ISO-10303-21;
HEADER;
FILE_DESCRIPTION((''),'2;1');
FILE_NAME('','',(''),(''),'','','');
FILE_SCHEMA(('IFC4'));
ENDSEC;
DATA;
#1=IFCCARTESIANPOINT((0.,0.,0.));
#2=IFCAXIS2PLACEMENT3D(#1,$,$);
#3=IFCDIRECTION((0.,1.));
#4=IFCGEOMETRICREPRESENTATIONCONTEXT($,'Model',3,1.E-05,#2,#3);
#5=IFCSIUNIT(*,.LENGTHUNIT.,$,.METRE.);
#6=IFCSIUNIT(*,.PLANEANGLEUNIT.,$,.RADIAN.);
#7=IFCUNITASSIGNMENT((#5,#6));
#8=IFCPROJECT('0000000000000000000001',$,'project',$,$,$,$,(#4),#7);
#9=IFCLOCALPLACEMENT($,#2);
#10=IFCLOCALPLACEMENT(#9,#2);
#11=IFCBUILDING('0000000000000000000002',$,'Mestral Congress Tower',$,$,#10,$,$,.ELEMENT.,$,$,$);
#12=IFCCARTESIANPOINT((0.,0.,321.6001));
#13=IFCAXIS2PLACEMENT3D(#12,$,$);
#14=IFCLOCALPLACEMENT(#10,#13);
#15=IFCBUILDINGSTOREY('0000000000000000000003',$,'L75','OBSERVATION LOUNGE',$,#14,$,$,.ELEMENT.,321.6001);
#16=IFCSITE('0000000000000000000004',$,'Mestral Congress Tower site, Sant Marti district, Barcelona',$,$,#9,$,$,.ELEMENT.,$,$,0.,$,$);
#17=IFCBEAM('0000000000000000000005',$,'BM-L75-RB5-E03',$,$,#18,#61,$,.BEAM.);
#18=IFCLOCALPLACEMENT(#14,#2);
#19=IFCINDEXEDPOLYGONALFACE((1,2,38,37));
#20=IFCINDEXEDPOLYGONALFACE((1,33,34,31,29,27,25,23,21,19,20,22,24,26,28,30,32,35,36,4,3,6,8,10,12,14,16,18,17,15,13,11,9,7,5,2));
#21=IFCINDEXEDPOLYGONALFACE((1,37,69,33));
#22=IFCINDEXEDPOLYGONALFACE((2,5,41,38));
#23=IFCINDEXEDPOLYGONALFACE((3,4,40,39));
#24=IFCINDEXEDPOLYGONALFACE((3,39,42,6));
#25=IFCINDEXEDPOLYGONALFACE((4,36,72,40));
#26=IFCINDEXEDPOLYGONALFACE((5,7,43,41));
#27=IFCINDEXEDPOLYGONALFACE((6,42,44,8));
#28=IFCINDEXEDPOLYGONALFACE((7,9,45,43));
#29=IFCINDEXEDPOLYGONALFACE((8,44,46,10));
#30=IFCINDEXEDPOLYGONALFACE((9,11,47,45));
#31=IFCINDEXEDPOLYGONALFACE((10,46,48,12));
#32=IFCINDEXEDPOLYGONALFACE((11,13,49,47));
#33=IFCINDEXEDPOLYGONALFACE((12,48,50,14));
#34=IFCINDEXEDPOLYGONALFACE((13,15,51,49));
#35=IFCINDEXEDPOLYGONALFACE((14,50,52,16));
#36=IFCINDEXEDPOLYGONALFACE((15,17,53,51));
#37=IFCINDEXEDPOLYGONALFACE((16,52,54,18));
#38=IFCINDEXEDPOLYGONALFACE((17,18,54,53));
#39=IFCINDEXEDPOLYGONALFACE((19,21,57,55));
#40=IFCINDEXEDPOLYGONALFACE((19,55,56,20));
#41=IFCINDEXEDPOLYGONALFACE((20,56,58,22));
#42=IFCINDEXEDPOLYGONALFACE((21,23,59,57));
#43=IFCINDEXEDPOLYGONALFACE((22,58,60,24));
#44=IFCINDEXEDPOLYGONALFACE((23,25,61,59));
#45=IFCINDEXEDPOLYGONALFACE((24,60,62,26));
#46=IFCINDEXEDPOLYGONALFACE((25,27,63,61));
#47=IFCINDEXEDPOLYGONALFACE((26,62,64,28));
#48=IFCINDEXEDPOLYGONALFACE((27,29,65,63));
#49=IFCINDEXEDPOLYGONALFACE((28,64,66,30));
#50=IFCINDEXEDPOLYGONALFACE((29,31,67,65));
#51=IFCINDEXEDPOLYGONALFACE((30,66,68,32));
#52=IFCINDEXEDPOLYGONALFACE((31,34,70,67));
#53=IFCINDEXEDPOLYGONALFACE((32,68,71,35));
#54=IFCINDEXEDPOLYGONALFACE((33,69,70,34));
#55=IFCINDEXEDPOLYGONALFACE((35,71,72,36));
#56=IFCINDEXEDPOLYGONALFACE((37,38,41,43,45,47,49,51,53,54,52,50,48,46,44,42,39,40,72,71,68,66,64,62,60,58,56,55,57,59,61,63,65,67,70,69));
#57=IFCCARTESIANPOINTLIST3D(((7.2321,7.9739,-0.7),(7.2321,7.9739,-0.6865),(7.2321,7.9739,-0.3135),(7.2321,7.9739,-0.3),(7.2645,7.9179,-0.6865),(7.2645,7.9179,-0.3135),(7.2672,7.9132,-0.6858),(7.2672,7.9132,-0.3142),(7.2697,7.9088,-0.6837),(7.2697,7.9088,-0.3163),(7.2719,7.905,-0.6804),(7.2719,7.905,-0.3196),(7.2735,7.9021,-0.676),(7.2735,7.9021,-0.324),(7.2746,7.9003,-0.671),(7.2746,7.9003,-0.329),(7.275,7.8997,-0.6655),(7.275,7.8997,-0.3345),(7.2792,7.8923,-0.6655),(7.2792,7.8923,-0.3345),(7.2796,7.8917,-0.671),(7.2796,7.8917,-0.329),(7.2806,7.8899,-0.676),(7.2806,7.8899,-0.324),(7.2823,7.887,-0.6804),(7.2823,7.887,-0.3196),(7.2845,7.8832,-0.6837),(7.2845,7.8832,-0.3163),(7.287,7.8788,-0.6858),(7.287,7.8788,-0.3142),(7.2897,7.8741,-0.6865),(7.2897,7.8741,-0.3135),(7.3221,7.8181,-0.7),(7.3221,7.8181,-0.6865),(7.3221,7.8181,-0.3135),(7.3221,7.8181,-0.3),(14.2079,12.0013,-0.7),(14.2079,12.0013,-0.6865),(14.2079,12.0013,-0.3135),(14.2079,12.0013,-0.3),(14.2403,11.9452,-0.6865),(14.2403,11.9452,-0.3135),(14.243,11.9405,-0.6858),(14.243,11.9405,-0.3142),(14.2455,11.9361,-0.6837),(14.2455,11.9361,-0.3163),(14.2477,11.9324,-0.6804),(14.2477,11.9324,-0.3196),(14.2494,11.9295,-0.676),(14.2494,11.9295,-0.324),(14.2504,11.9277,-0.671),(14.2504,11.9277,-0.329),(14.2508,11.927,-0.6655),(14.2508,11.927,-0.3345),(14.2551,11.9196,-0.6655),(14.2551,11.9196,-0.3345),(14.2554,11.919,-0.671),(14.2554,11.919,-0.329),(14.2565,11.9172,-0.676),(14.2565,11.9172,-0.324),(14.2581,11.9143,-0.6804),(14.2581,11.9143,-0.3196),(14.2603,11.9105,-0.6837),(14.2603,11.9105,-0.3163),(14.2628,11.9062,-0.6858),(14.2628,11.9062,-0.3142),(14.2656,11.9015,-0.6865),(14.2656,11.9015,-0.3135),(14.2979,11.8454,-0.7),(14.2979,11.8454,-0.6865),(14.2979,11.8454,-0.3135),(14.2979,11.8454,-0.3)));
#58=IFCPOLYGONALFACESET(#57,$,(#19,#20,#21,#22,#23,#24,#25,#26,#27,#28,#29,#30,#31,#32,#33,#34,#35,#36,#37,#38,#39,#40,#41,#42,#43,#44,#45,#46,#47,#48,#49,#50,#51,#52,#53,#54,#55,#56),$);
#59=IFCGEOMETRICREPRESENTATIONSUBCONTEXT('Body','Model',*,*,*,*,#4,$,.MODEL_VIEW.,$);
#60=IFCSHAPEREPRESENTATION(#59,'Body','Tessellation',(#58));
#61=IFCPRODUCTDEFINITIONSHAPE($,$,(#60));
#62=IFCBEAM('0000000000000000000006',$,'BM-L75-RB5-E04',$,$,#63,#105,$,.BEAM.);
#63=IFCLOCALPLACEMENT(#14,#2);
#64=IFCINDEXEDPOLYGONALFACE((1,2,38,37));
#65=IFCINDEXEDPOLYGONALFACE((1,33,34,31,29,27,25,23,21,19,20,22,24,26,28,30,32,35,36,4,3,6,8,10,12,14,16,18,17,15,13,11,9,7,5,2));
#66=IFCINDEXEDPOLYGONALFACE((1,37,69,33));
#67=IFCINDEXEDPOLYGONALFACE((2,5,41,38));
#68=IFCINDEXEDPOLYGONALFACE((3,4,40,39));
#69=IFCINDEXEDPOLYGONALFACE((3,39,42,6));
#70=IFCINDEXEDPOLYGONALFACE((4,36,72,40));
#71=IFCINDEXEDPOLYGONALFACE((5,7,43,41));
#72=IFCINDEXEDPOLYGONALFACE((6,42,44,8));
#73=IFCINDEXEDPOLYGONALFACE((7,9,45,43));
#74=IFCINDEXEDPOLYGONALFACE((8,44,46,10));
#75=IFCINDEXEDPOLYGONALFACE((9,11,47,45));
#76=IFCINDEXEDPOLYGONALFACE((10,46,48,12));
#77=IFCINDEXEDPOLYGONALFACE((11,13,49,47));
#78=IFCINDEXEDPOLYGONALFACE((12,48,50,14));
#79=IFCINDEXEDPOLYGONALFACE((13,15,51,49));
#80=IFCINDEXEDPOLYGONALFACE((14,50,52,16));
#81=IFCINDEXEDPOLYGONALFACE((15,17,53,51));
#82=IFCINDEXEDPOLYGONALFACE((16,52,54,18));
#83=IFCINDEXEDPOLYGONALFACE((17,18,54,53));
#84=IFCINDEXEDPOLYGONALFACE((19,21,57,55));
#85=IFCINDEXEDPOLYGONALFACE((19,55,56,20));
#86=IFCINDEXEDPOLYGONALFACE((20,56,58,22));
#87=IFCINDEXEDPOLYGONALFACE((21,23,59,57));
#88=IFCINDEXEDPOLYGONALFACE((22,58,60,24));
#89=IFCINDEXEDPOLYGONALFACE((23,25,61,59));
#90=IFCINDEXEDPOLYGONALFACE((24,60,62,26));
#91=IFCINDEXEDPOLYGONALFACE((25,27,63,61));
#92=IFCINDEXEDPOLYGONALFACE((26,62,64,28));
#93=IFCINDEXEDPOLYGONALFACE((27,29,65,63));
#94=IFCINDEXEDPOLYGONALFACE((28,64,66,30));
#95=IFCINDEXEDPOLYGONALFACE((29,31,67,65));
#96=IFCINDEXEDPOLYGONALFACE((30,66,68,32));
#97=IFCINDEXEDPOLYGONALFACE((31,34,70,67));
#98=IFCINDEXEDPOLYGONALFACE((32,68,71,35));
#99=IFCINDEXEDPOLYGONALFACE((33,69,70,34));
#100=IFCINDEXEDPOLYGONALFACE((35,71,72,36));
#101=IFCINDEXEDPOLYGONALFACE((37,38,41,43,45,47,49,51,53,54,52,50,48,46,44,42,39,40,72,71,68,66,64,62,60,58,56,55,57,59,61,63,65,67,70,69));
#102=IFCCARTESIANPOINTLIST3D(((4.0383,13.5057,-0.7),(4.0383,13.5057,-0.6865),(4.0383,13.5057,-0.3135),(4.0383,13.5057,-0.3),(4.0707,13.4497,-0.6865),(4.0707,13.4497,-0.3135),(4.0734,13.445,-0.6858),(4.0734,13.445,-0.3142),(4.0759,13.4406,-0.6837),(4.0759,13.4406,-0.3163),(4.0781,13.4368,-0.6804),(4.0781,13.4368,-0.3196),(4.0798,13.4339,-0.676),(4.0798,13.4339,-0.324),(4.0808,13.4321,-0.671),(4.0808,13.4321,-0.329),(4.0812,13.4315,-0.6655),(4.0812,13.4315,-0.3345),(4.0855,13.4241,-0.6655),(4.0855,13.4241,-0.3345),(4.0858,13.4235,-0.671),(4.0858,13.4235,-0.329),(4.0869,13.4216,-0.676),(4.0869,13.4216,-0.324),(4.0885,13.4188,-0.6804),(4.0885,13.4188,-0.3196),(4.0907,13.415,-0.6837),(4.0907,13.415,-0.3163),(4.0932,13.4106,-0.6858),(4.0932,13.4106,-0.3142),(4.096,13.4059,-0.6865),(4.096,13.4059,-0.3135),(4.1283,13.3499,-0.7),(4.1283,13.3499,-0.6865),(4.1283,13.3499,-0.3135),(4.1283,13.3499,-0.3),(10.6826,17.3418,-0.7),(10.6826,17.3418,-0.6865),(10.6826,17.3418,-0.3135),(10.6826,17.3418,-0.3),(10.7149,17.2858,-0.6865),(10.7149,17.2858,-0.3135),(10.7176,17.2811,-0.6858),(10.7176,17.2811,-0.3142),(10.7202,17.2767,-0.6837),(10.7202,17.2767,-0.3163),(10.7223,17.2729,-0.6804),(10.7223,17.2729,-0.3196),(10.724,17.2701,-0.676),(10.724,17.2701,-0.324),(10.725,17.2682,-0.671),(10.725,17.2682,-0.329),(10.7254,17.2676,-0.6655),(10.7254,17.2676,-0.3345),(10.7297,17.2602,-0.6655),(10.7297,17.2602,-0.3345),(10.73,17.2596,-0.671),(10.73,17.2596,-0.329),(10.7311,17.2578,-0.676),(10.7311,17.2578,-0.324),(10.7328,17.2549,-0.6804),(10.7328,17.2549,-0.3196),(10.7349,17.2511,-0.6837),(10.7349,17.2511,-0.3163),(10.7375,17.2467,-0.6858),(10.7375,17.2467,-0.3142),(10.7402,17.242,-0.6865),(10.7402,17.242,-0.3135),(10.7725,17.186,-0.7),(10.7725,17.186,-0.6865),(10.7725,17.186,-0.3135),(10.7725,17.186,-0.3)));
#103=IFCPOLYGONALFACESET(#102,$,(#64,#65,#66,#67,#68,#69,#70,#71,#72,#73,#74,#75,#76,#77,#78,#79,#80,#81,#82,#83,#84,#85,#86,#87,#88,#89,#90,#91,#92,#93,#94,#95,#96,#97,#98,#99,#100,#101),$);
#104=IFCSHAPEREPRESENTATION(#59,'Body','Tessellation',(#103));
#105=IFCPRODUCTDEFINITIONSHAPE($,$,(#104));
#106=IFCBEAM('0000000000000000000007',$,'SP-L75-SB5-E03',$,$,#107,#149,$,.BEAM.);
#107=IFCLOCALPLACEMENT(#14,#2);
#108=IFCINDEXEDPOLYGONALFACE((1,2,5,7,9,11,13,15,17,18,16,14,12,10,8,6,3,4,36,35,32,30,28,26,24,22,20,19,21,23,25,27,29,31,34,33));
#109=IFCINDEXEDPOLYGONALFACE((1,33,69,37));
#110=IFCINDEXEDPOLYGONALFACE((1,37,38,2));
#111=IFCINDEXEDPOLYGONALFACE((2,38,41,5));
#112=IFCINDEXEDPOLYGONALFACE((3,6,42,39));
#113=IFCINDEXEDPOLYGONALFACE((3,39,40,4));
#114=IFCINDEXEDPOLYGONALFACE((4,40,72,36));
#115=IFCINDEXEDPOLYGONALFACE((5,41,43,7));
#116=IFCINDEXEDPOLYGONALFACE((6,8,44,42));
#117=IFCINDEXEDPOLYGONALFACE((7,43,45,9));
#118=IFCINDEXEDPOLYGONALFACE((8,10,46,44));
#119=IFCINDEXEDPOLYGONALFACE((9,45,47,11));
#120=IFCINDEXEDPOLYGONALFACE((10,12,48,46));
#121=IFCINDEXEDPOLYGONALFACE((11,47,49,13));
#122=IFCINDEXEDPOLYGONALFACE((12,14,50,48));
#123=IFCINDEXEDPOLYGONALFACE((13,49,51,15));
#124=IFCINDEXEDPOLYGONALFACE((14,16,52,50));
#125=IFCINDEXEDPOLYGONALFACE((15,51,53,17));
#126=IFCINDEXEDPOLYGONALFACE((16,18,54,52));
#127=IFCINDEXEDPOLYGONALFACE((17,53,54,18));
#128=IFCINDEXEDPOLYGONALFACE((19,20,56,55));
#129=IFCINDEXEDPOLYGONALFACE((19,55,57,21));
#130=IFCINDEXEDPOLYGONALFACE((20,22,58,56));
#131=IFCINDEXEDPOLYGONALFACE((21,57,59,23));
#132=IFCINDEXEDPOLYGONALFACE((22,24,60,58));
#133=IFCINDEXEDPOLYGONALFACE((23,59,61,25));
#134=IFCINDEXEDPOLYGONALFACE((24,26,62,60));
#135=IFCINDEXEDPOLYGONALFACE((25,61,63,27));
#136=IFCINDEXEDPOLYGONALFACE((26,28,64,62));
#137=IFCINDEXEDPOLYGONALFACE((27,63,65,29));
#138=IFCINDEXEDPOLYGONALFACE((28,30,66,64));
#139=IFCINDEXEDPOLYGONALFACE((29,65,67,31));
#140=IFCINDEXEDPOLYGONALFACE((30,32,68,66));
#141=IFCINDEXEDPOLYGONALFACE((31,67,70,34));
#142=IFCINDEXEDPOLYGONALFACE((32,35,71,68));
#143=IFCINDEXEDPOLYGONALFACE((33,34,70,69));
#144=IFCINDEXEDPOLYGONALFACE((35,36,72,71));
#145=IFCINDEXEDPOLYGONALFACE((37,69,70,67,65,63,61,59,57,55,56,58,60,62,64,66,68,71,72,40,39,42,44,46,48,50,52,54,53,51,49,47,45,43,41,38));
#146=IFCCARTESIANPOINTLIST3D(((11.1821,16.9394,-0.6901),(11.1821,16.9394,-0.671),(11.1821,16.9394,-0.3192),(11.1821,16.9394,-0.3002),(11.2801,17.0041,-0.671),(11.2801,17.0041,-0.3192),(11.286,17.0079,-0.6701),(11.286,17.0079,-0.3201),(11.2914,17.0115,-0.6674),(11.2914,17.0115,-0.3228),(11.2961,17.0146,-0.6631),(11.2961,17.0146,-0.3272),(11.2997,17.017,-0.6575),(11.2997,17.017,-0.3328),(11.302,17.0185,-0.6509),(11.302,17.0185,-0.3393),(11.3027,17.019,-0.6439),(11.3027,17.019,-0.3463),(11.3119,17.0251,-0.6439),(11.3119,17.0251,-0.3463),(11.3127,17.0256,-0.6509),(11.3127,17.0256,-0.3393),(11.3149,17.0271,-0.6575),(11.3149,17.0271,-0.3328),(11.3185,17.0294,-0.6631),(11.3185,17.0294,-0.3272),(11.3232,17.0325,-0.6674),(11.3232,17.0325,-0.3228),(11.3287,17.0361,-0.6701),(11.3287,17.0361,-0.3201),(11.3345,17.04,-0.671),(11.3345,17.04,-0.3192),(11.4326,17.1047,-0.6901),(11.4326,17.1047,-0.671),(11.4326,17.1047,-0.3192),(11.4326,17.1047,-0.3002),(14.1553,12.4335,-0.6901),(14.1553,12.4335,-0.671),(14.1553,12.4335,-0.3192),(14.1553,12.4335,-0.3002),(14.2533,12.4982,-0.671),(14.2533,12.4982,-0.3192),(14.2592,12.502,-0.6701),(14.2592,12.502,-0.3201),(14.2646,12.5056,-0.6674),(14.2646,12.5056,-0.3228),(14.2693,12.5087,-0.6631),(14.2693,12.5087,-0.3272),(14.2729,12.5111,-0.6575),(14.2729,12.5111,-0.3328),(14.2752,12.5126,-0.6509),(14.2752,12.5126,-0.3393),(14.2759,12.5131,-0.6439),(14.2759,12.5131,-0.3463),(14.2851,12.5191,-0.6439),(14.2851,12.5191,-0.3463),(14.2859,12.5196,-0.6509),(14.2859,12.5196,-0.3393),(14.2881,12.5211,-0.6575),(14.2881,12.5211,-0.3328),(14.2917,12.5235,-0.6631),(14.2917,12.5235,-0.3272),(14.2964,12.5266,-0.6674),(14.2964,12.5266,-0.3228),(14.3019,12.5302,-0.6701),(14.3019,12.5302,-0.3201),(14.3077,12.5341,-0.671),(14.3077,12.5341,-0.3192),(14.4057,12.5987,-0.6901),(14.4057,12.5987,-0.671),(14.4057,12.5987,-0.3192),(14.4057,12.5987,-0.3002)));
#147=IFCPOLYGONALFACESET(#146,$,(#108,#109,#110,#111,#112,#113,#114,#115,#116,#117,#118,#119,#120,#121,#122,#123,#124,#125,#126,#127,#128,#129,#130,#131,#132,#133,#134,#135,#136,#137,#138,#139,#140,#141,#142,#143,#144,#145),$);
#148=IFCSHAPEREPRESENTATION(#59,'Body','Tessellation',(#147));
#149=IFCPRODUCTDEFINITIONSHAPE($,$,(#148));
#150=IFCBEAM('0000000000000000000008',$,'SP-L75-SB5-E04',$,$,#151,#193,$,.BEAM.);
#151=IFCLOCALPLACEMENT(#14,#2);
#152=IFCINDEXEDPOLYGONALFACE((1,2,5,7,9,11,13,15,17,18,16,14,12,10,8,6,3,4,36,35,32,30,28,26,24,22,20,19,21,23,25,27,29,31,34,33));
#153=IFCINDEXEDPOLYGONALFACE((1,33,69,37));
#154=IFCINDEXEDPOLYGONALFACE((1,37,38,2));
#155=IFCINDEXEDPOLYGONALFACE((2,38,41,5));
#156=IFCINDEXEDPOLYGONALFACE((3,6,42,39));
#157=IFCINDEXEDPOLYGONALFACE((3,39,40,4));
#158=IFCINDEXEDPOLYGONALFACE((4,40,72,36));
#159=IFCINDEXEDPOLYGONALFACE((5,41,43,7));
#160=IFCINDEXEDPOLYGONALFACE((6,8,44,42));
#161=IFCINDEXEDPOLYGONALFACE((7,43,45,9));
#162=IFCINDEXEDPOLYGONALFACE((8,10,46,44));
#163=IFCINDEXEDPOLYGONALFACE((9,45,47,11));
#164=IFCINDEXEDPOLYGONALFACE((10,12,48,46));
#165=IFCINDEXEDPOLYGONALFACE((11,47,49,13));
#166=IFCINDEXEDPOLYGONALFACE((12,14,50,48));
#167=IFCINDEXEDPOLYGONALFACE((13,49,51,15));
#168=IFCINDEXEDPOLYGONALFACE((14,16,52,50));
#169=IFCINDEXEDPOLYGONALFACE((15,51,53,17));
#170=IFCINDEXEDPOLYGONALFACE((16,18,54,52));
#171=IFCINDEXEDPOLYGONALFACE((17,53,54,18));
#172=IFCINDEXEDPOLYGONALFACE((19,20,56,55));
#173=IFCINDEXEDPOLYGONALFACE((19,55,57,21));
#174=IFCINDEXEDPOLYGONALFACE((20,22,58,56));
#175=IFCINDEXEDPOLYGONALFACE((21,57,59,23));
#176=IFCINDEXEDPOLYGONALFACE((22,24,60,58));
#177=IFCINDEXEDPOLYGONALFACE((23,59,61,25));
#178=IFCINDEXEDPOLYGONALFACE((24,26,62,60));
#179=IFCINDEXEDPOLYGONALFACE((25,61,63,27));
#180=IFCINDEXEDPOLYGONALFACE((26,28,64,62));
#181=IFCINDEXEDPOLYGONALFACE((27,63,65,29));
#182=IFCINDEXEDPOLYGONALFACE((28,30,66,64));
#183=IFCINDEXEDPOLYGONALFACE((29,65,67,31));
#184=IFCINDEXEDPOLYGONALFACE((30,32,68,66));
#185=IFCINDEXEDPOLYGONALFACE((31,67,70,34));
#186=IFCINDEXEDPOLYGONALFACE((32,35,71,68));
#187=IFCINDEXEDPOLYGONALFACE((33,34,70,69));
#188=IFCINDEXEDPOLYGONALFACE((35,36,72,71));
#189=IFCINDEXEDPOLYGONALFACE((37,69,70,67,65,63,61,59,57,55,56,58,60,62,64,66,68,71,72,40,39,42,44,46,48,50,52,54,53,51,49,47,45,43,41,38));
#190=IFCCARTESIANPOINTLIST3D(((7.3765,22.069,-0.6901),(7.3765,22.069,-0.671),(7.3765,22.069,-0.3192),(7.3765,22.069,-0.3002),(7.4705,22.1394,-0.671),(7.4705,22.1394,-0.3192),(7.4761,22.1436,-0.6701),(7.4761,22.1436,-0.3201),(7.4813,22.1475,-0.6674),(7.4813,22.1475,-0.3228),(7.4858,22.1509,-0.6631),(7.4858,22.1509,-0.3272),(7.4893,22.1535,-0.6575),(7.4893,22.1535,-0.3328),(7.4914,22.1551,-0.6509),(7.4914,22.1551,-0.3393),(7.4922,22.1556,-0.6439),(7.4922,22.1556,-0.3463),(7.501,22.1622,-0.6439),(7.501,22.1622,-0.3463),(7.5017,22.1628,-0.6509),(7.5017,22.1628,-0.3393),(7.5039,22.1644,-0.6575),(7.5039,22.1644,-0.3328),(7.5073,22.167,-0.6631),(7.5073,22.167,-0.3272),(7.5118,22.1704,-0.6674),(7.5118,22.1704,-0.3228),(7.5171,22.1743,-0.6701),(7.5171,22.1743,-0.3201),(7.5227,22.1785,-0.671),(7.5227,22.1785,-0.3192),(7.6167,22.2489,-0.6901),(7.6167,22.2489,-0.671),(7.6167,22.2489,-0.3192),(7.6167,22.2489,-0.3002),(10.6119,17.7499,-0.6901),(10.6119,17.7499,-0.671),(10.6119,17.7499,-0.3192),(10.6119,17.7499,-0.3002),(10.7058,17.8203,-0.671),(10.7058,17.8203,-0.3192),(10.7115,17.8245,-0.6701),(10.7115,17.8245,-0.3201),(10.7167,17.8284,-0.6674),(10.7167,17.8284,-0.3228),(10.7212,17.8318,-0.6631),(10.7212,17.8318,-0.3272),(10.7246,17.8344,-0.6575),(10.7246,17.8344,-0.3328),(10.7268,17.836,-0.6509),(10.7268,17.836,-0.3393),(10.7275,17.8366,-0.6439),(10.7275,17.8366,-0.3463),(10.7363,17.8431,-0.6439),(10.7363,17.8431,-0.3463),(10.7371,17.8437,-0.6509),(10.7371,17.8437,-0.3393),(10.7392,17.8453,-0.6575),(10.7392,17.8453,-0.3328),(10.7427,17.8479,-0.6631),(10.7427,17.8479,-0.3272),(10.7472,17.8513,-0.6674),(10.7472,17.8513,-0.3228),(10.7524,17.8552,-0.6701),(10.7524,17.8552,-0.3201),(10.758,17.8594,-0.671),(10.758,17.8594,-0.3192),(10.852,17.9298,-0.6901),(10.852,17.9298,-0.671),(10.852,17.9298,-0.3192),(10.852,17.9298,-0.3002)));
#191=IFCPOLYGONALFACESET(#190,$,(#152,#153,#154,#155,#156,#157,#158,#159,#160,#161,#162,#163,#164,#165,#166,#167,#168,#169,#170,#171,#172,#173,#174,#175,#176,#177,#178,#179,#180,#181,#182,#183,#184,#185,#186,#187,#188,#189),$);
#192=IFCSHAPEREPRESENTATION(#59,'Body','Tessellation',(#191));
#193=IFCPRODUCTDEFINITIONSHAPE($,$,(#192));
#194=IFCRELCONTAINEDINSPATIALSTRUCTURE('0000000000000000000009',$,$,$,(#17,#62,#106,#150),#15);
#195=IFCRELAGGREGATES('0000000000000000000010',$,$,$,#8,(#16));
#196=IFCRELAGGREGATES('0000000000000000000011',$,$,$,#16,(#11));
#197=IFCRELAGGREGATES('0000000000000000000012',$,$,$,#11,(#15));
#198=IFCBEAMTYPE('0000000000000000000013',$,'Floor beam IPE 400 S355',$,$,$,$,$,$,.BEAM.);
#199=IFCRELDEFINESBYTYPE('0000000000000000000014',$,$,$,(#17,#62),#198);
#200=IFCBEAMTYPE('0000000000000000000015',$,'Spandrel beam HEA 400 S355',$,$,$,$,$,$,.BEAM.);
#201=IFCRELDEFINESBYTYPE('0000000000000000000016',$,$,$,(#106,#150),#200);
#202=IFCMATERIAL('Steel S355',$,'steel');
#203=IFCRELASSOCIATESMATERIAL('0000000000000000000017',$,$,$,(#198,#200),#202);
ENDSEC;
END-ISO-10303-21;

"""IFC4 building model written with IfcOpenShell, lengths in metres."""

from ifc_helpers import new_model, si_unit, direction, frame, origin, origin_2d, place, context, subcontext, project, spatial, i_section, extrude, material, material_profile, profile_set, type_object, element, save


model = new_model("IFC4")

# Units and contexts
model_context = context("Model", 3, precision=1e-05, world=origin(), true_north=direction((0.0, 1.0)))
body_context = subcontext(model_context, "Body", "Model", "MODEL_VIEW")
ifc_project = project(units=[si_unit("LENGTHUNIT", "METRE"), si_unit("PLANEANGLEUNIT", "RADIAN")], contexts=[model_context])

# Site, building, storey
site_placement = place(None, origin())
site = spatial("IfcSite", under=ifc_project, at=site_placement, Name="Mestral Congress Tower site, Sant Marti district, Barcelona", CompositionType="ELEMENT", RefElevation=0.0)
building_placement = place(site_placement, origin())
building = spatial("IfcBuilding", under=site, at=building_placement, Name="Mestral Congress Tower", CompositionType="ELEMENT")
storey_placement = place(building_placement, frame((0.0, 0.0, 321.6001)))
storey = spatial("IfcBuildingStorey", under=building, at=storey_placement, Name="L75", Description="OBSERVATION LOUNGE", CompositionType="ELEMENT", Elevation=321.6001)

# Beams
ifc_material_1 = material(Name="Steel S355", Category="steel")
ifc_material_profile_1 = material_profile(ifc_material_1, i_section(OverallWidth=0.1799, OverallDepth=0.3999, WebThickness=0.0085, FlangeThickness=0.0134, FilletRadius=0.021, at=origin_2d()), Name="IPE 400")
ifc_profile_set_1 = profile_set([ifc_material_profile_1], Name="Steel S355")
beam_type_1 = type_object("IfcBeamType", Name="Floor beam IPE 400 S355", PredefinedType="BEAM", material=ifc_profile_set_1)
beam_1_placement = place(storey_placement, frame((14.2529, 11.9233, -0.5), z_axis=(-0.866034, -0.499986, 0.0), x_axis=(0.499986, -0.866034, 0.0)))
element("IfcBeam", 1, at=beam_1_placement, inside=storey, type_object=beam_type_1, Name="BM-L75-RB5-E03", PredefinedType="BEAM", context=body_context, shape_type="SweptSolid", body=[
    extrude(i_section(OverallWidth=0.1799, OverallDepth=0.3999, WebThickness=0.0085, FlangeThickness=0.0134, FilletRadius=0.021, at=origin_2d()), origin(), (0.0, 0.0, 1.0), 8.0549),
])
beam_2_placement = place(storey_placement, frame((10.7275, 17.2639, -0.5), z_axis=(-0.86602, -0.50001, 0.0), x_axis=(0.50001, -0.86602, 0.0)))
element("IfcBeam", 2, at=beam_2_placement, inside=storey, type_object=beam_type_1, Name="BM-L75-RB5-E04", PredefinedType="BEAM", context=body_context, shape_type="SweptSolid", body=[
    extrude(i_section(OverallWidth=0.1799, OverallDepth=0.3999, WebThickness=0.0085, FlangeThickness=0.0134, FilletRadius=0.021, at=origin_2d()), origin(), (0.0, 0.0, 1.0), 7.6721),
])
ifc_material_profile_2 = material_profile(ifc_material_1, i_section(OverallWidth=0.3, OverallDepth=0.3899, WebThickness=0.011, FlangeThickness=0.019, FilletRadius=0.0271, at=origin_2d()), Name="HEA 400")
ifc_profile_set_2 = profile_set([ifc_material_profile_2], Name="Steel S355")
beam_type_2 = type_object("IfcBeamType", Name="Spandrel beam HEA 400 S355", PredefinedType="BEAM", material=ifc_profile_set_2)
beam_3_placement = place(storey_placement, frame((14.2805, 12.5161, -0.4951), z_axis=(-0.550749, 0.834671, 0.0), x_axis=(-0.834671, -0.550749, 0.0)))
element("IfcBeam", 3, at=beam_3_placement, inside=storey, type_object=beam_type_2, Name="SP-L75-SB5-E03", PredefinedType="BEAM", context=body_context, shape_type="SweptSolid", body=[
    extrude(i_section(OverallWidth=0.3, OverallDepth=0.3899, WebThickness=0.011, FlangeThickness=0.019, FilletRadius=0.0271, at=origin_2d()), origin(), (0.0, 0.0, 1.0), 5.3984),
])
beam_4_placement = place(storey_placement, frame((10.7319, 17.8398, -0.4951), z_axis=(-0.599529, 0.800353, 0.0), x_axis=(-0.800353, -0.599529, 0.0)))
element("IfcBeam", 4, at=beam_4_placement, inside=storey, type_object=beam_type_2, Name="SP-L75-SB5-E04", PredefinedType="BEAM", context=body_context, shape_type="SweptSolid", body=[
    extrude(i_section(OverallWidth=0.3, OverallDepth=0.3899, WebThickness=0.011, FlangeThickness=0.019, FilletRadius=0.0271, at=origin_2d()), origin(), (0.0, 0.0, 1.0), 5.3965),
])

save(model, "model.ifc")
